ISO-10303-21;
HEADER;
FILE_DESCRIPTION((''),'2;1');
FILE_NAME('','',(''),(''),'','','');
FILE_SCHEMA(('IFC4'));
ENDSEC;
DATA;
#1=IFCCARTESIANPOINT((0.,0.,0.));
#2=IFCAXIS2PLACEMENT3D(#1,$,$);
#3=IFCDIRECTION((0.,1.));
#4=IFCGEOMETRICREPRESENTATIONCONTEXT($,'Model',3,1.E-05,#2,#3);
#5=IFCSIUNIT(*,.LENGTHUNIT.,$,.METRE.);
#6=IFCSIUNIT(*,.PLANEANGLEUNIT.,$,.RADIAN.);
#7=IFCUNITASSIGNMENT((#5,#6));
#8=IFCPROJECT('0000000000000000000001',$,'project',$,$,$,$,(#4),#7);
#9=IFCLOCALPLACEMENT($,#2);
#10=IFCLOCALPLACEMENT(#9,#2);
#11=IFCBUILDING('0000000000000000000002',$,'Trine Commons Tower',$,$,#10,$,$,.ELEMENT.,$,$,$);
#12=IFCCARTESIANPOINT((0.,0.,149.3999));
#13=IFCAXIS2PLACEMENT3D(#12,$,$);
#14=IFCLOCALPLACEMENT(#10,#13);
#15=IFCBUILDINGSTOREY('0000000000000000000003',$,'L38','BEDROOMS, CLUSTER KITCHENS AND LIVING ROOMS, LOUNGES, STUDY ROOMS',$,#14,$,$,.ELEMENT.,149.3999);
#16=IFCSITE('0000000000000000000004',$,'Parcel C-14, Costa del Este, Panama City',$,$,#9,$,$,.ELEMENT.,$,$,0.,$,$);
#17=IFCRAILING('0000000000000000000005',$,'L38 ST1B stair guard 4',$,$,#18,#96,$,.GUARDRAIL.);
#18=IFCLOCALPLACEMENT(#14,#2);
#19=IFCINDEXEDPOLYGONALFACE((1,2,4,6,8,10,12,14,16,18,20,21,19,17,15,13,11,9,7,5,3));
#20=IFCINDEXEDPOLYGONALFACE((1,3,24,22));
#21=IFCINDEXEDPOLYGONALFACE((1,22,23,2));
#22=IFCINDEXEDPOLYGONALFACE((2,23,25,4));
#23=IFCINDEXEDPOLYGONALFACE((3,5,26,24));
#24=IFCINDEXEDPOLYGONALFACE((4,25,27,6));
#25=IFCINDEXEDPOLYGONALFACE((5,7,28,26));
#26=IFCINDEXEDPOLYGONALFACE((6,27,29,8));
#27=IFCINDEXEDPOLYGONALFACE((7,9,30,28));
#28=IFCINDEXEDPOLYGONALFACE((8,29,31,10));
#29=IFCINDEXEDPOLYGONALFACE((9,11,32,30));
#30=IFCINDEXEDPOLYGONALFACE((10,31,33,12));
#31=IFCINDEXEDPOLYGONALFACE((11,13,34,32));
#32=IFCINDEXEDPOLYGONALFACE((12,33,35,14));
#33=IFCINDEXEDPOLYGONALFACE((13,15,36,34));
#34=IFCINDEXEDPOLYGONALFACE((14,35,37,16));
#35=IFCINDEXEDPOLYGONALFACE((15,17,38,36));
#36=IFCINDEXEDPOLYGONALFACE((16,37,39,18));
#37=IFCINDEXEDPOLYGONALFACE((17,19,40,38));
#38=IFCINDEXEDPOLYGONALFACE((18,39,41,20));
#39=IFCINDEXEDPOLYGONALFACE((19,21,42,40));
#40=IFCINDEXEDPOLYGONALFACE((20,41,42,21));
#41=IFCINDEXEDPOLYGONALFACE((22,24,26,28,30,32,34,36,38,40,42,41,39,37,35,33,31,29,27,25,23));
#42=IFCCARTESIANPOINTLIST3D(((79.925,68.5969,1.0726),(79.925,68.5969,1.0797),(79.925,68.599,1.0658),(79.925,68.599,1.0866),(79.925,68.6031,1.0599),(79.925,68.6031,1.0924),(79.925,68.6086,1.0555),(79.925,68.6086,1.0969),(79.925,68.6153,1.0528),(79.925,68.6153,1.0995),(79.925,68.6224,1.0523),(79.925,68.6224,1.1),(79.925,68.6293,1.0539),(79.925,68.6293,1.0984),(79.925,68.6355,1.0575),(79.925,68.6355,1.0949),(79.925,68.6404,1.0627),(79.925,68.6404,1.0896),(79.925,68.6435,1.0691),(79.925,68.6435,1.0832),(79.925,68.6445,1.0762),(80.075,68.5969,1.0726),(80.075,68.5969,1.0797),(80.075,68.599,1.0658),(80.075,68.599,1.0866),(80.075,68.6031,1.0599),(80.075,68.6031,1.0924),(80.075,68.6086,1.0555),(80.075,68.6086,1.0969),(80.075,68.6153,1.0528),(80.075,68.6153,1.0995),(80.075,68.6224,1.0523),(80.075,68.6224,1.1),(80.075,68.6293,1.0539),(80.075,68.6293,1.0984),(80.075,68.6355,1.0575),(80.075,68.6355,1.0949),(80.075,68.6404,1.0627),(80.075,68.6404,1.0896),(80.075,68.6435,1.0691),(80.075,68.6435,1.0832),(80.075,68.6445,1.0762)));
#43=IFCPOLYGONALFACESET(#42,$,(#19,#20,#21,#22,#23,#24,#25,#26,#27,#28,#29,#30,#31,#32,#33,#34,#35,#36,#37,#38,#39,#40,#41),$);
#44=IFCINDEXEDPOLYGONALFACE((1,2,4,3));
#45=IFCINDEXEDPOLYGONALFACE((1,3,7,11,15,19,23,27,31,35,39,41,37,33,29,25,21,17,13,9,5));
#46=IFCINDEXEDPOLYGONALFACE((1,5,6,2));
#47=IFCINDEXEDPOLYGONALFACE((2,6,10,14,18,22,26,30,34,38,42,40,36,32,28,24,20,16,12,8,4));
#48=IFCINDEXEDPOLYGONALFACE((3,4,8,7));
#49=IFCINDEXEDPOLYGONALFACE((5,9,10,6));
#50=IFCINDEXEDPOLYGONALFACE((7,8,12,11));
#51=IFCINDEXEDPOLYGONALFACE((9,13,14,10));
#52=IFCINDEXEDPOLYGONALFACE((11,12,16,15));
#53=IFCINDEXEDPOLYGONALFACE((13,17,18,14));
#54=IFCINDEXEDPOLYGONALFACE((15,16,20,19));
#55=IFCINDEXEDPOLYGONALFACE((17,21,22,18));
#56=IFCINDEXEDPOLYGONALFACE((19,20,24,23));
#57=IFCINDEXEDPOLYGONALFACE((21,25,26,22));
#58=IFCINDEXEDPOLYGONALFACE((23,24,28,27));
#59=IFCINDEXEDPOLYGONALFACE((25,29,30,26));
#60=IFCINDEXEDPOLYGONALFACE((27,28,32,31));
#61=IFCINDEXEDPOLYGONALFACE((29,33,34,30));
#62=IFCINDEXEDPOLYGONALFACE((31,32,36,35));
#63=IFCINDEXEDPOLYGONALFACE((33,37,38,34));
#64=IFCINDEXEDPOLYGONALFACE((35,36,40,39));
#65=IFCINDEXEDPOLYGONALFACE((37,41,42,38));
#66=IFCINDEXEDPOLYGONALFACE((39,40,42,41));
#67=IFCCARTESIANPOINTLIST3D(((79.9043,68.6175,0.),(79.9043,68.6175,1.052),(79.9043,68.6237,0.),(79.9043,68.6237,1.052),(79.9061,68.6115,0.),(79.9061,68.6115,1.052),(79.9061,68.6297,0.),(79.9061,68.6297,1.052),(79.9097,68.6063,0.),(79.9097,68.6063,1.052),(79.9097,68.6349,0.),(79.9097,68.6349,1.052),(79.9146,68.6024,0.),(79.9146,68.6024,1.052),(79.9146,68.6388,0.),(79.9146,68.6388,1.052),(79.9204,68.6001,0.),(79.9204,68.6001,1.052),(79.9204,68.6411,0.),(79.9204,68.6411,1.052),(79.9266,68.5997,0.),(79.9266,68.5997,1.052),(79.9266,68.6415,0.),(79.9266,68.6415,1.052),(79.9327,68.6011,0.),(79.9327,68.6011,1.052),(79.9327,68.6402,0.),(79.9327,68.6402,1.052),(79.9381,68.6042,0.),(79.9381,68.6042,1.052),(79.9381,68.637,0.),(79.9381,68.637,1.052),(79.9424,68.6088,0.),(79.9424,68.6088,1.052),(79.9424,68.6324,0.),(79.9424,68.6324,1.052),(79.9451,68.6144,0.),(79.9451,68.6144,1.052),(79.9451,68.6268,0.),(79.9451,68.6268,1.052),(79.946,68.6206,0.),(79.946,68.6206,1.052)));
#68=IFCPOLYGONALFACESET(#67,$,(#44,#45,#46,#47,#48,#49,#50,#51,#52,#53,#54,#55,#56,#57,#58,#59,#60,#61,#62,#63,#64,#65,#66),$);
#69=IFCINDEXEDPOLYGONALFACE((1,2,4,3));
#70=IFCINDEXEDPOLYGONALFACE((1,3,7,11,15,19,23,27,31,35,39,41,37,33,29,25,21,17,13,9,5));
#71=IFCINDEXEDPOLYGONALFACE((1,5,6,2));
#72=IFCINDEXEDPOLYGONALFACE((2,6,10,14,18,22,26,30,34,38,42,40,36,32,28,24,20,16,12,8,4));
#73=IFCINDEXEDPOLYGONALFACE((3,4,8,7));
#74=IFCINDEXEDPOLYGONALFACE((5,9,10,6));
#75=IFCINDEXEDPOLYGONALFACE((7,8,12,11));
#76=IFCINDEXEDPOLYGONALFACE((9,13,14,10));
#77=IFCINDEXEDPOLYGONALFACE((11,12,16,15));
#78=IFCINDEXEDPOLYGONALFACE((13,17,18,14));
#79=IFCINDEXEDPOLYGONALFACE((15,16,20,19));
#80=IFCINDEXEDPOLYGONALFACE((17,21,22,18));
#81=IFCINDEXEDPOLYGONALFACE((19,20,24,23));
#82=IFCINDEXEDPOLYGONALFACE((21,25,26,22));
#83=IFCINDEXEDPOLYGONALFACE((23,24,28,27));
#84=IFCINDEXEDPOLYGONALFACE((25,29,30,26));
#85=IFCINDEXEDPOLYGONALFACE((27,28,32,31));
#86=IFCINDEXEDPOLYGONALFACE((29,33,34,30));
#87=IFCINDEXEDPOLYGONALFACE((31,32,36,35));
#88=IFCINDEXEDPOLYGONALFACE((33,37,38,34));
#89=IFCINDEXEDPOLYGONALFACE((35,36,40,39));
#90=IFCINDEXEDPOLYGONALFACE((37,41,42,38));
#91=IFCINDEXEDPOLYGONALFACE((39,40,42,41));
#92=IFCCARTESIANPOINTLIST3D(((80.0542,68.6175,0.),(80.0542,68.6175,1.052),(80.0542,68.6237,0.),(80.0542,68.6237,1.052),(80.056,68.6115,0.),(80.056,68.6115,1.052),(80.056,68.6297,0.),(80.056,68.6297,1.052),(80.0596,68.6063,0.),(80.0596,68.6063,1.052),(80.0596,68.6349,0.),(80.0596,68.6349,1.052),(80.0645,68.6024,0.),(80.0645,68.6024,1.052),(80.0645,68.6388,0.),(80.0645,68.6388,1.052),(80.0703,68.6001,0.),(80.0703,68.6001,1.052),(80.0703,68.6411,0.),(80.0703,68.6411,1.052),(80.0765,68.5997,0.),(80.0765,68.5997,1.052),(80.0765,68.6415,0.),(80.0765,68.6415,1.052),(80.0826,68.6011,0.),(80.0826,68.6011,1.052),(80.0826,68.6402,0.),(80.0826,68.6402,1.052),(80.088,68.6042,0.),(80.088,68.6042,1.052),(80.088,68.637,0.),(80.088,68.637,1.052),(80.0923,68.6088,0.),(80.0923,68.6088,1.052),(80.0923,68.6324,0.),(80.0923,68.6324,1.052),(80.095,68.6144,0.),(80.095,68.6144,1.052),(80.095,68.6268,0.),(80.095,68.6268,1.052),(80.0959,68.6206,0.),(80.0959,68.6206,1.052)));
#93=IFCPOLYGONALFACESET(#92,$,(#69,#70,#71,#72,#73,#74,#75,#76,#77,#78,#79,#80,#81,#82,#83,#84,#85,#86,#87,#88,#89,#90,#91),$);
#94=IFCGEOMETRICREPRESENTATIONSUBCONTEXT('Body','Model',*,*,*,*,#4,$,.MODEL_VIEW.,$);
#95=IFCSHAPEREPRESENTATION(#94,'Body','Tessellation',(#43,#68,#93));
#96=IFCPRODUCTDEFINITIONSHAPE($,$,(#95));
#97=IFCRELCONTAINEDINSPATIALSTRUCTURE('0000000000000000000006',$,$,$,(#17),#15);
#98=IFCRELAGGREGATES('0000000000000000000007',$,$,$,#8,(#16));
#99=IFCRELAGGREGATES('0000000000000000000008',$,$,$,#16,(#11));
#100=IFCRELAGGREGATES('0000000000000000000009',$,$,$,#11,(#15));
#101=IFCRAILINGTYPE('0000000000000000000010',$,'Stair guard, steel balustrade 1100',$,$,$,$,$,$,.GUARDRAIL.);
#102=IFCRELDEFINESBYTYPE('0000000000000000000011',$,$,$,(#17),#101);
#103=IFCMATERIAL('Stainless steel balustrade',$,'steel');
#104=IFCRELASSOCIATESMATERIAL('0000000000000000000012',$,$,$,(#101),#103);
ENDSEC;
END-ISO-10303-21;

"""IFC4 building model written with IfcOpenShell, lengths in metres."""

from ifc_helpers import new_model, si_unit, direction, frame, origin, origin_2d, place, context, subcontext, project, spatial, circle, extrude, material, type_object, element, save


model = new_model("IFC4")

# Units and contexts
model_context = context("Model", 3, precision=1e-05, world=origin(), true_north=direction((0.0, 1.0)))
body_context = subcontext(model_context, "Body", "Model", "MODEL_VIEW")
ifc_project = project(units=[si_unit("LENGTHUNIT", "METRE"), si_unit("PLANEANGLEUNIT", "RADIAN")], contexts=[model_context])

# Site, building, storey
site_placement = place(None, origin())
site = spatial("IfcSite", under=ifc_project, at=site_placement, Name="Parcel C-14, Costa del Este, Panama City", CompositionType="ELEMENT", RefElevation=0.0)
building_placement = place(site_placement, origin())
building = spatial("IfcBuilding", under=site, at=building_placement, Name="Trine Commons Tower", CompositionType="ELEMENT")
storey_placement = place(building_placement, frame((0.0, 0.0, 149.3999)))
storey = spatial("IfcBuildingStorey", under=building, at=storey_placement, Name="L38", Description="BEDROOMS, CLUSTER KITCHENS AND LIVING ROOMS, LOUNGES, STUDY ROOMS", CompositionType="ELEMENT", Elevation=149.3999)

# Railing
ifc_material_1 = material(Name="Stainless steel balustrade", Category="steel")
railing_type_1 = type_object("IfcRailingType", Name="Stair guard, steel balustrade 1100", PredefinedType="GUARDRAIL", material=ifc_material_1)
railing_1_placement = place(storey_placement, frame((79.925, 68.6206, 0.0)))
element("IfcRailing", 1, at=railing_1_placement, inside=storey, type_object=railing_type_1, Name="L38 ST1B stair guard 4", PredefinedType="GUARDRAIL", context=body_context, shape_type="SweptSolid", body=[
    extrude(circle(Radius=0.0239, at=origin_2d()), frame((0.0, 0.0, 1.0762), z_axis=(1.0, 0.0, 0.0), x_axis=(0.0, 1.0, 0.0)), (0.0, 0.0, 1.0), 0.1499),
    extrude(circle(Radius=0.021, at=origin_2d()), origin(), (0.0, 0.0, 1.0), 1.052),
    extrude(circle(Radius=0.021, at=origin_2d()), frame((0.1499, 0.0, 0.0)), (0.0, 0.0, 1.0), 1.052),
])

save(model, "model.ifc")
